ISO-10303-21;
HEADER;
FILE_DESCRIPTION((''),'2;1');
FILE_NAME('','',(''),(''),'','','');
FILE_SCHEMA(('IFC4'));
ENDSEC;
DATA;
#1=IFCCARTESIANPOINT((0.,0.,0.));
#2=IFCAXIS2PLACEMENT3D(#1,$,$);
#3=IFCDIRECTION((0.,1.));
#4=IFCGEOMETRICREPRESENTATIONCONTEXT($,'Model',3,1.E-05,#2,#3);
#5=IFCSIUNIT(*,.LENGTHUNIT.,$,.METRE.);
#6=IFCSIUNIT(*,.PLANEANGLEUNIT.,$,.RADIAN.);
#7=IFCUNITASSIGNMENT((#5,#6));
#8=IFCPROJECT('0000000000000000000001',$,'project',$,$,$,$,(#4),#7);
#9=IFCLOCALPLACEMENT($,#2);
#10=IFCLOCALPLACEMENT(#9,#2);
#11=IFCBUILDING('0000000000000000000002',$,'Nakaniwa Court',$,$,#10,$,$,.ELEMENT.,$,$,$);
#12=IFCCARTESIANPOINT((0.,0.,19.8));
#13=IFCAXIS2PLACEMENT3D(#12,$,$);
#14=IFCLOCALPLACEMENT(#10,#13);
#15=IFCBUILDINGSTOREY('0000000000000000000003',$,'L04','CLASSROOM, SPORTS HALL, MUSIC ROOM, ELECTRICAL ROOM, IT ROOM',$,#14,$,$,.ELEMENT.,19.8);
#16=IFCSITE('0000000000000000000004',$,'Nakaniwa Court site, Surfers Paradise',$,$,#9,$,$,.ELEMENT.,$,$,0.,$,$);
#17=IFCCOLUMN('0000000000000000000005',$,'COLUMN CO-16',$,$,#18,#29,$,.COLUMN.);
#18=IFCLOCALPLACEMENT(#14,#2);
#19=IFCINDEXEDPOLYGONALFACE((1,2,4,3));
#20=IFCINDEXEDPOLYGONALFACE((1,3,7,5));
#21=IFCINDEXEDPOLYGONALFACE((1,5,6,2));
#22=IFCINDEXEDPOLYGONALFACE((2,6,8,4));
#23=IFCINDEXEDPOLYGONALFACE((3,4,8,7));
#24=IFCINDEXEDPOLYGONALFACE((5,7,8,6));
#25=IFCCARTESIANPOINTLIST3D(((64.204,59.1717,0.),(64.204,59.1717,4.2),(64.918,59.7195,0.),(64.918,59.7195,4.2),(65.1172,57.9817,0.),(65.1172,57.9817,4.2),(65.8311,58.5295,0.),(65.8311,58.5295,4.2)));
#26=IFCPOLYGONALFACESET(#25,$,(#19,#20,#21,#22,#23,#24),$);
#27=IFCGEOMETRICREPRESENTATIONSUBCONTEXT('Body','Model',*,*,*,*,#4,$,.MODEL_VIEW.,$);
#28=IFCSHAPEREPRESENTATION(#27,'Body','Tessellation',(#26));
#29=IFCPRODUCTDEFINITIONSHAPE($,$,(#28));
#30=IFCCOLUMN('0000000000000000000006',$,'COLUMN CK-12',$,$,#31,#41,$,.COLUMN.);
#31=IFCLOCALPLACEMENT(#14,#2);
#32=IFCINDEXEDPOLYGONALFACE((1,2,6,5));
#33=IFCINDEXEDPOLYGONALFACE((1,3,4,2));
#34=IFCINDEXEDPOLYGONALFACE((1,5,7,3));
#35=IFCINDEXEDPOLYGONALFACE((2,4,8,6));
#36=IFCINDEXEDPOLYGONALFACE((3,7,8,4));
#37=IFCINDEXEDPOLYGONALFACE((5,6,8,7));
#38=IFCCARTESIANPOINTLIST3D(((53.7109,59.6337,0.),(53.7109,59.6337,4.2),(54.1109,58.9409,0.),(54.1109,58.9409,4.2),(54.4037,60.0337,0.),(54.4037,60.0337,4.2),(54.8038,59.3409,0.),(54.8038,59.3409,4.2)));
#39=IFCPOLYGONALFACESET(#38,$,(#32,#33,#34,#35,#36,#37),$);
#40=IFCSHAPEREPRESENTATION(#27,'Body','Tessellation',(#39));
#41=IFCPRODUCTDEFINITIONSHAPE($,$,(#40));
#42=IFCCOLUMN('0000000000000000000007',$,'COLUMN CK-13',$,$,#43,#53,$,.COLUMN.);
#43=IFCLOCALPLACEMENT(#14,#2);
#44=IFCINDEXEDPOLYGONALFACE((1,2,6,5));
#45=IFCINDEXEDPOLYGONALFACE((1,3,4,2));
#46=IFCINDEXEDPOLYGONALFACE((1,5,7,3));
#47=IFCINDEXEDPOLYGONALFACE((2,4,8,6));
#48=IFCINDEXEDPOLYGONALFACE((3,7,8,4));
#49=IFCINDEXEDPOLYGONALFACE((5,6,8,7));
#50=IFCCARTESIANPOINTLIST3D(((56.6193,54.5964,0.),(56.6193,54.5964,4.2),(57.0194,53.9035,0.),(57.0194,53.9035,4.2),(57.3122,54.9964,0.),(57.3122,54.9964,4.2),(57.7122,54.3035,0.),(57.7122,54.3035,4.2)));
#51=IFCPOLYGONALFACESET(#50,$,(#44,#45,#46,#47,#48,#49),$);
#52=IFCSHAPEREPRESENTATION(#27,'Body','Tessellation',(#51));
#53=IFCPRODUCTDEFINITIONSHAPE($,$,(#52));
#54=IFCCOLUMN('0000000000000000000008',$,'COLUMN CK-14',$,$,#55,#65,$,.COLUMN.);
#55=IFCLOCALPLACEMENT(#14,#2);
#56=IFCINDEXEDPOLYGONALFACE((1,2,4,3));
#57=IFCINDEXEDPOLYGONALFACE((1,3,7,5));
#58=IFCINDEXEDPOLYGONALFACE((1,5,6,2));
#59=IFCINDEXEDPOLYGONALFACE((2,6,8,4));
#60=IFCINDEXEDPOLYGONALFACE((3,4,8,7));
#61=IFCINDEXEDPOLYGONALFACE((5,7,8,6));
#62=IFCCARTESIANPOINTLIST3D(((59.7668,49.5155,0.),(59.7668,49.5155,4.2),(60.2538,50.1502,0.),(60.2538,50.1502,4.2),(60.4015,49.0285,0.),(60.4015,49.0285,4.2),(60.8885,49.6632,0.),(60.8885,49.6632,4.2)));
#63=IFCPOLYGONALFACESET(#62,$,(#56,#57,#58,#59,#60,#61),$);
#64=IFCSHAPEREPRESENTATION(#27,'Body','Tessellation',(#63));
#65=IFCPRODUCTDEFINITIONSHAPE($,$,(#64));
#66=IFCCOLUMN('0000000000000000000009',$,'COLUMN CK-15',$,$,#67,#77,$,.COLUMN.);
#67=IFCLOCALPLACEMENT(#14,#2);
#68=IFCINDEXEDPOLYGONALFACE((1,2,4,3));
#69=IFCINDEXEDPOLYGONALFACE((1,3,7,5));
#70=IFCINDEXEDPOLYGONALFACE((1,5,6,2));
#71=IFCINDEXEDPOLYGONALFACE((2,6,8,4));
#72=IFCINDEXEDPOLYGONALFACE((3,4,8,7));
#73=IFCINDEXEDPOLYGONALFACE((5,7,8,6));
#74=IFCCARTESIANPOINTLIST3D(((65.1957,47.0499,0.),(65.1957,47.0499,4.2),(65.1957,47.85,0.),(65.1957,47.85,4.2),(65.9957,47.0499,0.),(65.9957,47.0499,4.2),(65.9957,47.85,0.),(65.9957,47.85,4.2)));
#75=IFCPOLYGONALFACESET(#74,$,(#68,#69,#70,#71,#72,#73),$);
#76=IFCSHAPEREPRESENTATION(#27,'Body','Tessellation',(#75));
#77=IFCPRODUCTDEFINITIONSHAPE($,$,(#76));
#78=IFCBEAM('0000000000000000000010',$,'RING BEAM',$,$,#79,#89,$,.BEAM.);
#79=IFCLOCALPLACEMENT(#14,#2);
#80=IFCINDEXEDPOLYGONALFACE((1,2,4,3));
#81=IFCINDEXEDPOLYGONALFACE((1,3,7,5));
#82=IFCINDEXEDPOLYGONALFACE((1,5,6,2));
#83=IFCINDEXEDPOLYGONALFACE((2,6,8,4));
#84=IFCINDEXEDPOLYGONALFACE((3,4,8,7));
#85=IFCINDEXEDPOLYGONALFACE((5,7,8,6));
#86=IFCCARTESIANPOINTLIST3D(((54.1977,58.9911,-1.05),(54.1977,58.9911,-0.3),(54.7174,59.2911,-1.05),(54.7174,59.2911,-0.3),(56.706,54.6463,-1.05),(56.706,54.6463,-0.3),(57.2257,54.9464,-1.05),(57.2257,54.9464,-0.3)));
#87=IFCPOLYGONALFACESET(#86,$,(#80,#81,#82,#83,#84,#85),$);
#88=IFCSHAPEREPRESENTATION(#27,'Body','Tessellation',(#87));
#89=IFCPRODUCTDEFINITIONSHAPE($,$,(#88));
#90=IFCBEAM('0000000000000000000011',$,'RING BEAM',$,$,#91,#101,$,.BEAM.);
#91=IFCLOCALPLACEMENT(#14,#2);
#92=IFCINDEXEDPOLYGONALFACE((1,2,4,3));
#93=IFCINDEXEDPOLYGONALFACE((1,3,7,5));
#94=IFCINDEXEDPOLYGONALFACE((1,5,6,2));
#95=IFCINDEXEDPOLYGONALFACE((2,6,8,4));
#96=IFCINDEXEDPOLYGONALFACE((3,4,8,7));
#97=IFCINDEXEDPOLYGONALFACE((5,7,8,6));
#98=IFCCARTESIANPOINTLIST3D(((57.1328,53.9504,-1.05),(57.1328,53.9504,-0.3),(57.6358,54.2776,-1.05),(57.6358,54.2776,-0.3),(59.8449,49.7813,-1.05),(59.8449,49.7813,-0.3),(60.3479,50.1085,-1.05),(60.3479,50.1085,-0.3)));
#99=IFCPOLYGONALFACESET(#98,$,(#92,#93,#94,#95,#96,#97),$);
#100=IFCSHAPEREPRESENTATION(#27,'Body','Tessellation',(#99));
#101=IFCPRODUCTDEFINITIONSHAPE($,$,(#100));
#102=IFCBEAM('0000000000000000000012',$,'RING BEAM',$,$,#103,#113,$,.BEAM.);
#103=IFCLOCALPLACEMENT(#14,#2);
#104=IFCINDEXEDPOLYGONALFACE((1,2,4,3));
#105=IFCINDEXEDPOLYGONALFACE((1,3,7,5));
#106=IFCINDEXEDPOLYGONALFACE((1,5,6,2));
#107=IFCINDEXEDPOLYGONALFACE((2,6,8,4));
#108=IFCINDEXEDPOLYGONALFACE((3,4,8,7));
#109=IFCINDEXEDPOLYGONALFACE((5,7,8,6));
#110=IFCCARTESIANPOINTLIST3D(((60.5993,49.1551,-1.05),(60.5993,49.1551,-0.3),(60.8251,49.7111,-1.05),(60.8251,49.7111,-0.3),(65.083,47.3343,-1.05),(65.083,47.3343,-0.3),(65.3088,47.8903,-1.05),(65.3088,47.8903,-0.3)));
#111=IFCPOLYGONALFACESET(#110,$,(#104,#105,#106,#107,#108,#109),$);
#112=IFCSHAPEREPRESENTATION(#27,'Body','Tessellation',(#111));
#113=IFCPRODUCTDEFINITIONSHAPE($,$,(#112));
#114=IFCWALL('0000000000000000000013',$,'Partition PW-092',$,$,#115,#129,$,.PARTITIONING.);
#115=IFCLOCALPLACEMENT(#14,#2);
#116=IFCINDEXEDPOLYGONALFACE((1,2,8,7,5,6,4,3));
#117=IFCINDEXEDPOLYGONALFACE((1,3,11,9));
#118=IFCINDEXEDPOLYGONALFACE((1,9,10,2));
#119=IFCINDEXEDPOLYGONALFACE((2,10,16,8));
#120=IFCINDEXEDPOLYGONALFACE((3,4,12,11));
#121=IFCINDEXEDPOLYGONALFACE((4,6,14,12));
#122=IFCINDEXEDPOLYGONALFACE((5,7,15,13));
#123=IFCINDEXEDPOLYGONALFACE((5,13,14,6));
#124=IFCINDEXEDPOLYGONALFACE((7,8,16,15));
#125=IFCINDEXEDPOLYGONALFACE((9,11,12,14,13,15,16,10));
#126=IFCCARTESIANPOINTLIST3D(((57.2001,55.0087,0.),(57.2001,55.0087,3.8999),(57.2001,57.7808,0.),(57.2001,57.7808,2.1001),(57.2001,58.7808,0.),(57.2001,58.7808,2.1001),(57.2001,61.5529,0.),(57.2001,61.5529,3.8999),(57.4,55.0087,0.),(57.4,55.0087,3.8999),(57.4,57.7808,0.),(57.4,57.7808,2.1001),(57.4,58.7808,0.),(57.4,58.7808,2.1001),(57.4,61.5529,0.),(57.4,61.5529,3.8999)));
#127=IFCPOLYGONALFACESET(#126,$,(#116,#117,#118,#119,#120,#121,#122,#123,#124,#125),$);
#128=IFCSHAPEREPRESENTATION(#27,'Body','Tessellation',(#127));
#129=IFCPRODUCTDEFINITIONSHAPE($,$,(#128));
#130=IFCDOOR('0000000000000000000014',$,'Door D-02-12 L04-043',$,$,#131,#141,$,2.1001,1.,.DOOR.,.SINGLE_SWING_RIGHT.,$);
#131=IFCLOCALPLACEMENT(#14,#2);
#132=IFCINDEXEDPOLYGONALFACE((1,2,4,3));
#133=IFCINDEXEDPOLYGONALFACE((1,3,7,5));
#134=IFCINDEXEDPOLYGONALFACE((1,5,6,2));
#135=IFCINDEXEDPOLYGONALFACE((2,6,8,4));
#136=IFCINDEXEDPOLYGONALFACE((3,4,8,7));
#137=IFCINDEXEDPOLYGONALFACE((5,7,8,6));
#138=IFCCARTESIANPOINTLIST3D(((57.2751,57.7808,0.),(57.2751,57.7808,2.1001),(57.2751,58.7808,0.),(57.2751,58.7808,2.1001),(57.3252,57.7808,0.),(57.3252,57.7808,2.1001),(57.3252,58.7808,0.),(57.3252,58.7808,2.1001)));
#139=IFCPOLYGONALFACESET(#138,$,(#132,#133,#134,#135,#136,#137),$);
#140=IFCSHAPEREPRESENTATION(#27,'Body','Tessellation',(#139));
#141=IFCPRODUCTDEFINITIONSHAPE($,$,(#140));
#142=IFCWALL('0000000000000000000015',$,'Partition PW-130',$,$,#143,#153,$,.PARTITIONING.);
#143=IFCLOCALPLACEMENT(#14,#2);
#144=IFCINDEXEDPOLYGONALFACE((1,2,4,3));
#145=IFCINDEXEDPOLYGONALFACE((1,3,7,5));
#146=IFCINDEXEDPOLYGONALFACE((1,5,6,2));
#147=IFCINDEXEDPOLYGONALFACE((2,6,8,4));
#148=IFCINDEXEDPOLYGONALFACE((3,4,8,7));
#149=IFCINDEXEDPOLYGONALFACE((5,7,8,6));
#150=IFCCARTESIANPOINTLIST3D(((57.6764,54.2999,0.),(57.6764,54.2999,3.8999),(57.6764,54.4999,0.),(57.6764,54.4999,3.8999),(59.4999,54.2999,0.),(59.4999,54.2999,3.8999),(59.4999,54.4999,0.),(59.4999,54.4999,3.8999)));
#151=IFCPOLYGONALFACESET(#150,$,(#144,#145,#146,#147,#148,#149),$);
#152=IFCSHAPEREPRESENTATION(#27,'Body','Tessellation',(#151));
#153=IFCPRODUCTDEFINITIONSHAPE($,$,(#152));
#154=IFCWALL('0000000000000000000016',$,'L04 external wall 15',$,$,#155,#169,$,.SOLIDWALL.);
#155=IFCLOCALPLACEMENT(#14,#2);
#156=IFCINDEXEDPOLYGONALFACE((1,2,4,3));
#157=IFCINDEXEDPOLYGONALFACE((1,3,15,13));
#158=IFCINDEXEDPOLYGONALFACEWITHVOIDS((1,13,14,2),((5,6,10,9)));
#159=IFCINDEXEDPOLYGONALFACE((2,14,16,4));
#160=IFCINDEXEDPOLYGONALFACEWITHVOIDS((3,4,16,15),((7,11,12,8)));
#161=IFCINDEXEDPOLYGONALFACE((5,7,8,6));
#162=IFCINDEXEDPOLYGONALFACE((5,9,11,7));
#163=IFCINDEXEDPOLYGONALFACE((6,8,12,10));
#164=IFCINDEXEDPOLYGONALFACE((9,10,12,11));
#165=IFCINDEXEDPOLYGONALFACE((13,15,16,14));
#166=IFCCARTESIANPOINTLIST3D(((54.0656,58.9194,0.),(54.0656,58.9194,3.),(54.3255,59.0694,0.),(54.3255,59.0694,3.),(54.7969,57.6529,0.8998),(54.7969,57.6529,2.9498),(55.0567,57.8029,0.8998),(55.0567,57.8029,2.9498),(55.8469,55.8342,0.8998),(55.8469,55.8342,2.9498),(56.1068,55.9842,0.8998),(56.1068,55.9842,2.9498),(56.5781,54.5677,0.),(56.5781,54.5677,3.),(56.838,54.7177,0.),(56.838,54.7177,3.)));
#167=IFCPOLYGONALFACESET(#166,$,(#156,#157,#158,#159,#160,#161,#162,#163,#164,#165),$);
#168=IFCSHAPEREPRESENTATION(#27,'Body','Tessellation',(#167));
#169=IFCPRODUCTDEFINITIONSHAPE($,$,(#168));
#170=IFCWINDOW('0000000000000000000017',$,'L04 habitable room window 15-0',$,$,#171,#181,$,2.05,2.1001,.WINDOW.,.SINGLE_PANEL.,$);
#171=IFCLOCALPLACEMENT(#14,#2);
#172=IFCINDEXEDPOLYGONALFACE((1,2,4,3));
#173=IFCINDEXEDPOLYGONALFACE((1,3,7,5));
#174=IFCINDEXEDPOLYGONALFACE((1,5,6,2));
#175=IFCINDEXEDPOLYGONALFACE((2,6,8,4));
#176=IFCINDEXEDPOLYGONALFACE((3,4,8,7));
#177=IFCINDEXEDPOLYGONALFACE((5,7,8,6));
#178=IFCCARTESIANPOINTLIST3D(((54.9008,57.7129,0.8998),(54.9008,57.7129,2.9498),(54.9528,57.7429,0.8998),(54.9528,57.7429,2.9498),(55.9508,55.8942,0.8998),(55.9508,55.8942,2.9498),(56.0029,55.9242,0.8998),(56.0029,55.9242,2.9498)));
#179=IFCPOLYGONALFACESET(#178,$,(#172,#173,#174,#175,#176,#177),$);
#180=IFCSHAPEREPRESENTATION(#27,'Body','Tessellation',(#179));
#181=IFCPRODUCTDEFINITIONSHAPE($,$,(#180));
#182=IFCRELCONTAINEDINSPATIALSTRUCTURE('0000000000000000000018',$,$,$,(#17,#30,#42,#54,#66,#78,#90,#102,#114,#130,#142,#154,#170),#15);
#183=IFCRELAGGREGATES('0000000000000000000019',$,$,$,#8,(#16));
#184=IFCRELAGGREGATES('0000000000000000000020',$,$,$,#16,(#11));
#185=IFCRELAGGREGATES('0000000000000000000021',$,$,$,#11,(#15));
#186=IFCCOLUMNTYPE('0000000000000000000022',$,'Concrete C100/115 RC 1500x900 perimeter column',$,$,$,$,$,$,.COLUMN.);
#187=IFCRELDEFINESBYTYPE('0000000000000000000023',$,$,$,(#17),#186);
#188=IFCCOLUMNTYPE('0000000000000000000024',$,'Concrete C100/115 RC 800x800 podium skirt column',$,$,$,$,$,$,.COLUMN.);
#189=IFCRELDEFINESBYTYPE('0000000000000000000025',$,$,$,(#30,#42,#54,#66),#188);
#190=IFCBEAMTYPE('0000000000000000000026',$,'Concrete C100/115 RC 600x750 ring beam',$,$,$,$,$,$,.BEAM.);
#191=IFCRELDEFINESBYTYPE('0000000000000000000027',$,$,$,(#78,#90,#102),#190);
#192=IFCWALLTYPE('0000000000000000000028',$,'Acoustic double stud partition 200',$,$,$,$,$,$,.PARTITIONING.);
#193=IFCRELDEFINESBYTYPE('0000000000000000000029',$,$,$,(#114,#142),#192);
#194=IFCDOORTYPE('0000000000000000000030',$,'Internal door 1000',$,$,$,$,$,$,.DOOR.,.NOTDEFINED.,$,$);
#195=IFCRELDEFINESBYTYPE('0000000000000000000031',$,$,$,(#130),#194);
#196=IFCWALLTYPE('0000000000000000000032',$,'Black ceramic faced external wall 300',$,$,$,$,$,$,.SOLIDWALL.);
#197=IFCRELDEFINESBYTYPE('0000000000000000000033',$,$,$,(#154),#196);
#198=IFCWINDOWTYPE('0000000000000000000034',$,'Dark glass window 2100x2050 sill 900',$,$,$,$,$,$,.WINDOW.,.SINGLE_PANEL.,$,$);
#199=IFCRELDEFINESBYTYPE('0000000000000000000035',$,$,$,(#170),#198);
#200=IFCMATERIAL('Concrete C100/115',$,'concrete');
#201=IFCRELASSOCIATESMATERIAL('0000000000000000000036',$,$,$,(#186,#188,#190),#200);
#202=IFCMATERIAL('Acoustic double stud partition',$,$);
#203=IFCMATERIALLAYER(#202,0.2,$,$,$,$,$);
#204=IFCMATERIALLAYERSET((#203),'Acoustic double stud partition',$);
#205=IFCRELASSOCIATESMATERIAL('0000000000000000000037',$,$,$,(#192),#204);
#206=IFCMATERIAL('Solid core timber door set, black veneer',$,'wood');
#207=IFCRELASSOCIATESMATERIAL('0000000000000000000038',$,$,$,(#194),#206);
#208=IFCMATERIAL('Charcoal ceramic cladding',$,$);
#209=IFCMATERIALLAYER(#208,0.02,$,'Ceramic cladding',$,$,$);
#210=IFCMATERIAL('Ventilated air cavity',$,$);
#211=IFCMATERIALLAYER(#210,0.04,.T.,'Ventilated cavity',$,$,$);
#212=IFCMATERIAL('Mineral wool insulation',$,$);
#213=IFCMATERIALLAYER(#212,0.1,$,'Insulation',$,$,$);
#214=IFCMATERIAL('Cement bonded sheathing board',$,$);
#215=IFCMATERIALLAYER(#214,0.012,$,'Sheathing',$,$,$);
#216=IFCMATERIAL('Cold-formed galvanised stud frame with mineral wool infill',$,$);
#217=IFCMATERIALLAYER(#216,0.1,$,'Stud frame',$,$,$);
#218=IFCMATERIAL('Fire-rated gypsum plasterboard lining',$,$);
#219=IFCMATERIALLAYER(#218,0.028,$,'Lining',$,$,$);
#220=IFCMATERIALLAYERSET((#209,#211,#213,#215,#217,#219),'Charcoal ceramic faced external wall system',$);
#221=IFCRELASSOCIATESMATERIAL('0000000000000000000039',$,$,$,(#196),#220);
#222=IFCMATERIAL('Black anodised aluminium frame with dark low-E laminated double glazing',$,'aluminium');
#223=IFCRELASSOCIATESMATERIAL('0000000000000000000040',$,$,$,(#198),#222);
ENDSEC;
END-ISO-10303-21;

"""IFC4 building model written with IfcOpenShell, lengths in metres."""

from ifc_helpers import new_model, si_unit, direction, frame, frame_2d, origin, origin_2d, place, context, subcontext, project, spatial, rectangle, extrude, material, layer, layer_set, material_profile, profile_set, type_object, element, fill, save


model = new_model("IFC4")

# Units and contexts
model_context = context("Model", 3, precision=1e-05, world=origin(), true_north=direction((0.0, 1.0)))
body_context = subcontext(model_context, "Body", "Model", "MODEL_VIEW")
ifc_project = project(units=[si_unit("LENGTHUNIT", "METRE"), si_unit("PLANEANGLEUNIT", "RADIAN")], contexts=[model_context])

# Site, building, storey
site_placement = place(None, origin())
site = spatial("IfcSite", under=ifc_project, at=site_placement, Name="Nakaniwa Court site, Surfers Paradise", CompositionType="ELEMENT", RefElevation=0.0)
building_placement = place(site_placement, origin())
building = spatial("IfcBuilding", under=site, at=building_placement, Name="Nakaniwa Court", CompositionType="ELEMENT")
storey_placement = place(building_placement, frame((0.0, 0.0, 19.8)))
storey = spatial("IfcBuildingStorey", under=building, at=storey_placement, Name="L04", Description="CLASSROOM, SPORTS HALL, MUSIC ROOM, ELECTRICAL ROOM, IT ROOM", CompositionType="ELEMENT", Elevation=19.8)

# Columns
ifc_material_1 = material(Name="Concrete C100/115", Category="concrete")
ifc_material_profile_1 = material_profile(ifc_material_1, rectangle(XDim=1.5, YDim=0.8999, at=origin_2d()), Name="Concrete C100/115 RC 1500x900 perimeter column")
ifc_profile_set_1 = profile_set([ifc_material_profile_1], Name="Concrete C100/115")
column_type_1 = type_object("IfcColumnType", Name="Concrete C100/115 RC 1500x900 perimeter column", PredefinedType="COLUMN", material=ifc_profile_set_1)
column_placement = place(storey_placement, frame((65.0176, 58.8506, 0.0), z_axis=(0.0, 0.0, 1.0), x_axis=(0.608761, -0.793353, 0.0)))
element("IfcColumn", 1, at=column_placement, inside=storey, type_object=column_type_1, Name="COLUMN CO-16", PredefinedType="COLUMN", context=body_context, shape_type="SweptSolid", body=[
    extrude(rectangle(XDim=1.5, YDim=0.8999, at=origin_2d()), origin(), (0.0, 0.0, 1.0), 4.2),
])
ifc_material_profile_2 = material_profile(ifc_material_1, rectangle(XDim=0.8, YDim=0.8, at=origin_2d()), Name="Concrete C100/115 RC 800x800 podium skirt column")
ifc_profile_set_2 = profile_set([ifc_material_profile_2], Name="Concrete C100/115")
column_type_2 = type_object("IfcColumnType", Name="Concrete C100/115 RC 800x800 podium skirt column", PredefinedType="COLUMN", material=ifc_profile_set_2)
for number, where, z_axis, x_axis, name in (
    (2, (54.2573, 59.4873, 0.0), (0.0, 0.0, 1.0), (0.5, -0.866025, 0.0), "COLUMN CK-12"),
    (3, (57.1658, 54.45, 0.0), (0.0, 0.0, 1.0), (0.5, -0.866025, 0.0), "COLUMN CK-13"),
    (4, (60.3276, 49.5894, 0.0), (0.0, 0.0, 1.0), (0.793353, -0.608761, 0.0), "COLUMN CK-14"),
    (5, (65.5957, 47.45, 0.0), (0.0, 0.0, 1.0), (1.0, 0.0, 0.0), "COLUMN CK-15"),
):
    element("IfcColumn", number, at=place(storey_placement, frame(where, z_axis=z_axis, x_axis=x_axis)), inside=storey, type_object=column_type_2, Name=name, PredefinedType="COLUMN", context=body_context, shape_type="SweptSolid", body=[
        extrude(rectangle(XDim=0.8, YDim=0.8, at=origin_2d()), origin(), (0.0, 0.0, 1.0), 4.2),
    ])

# Beams
ifc_material_profile_3 = material_profile(ifc_material_1, rectangle(XDim=0.6001, YDim=0.75, at=origin_2d()), Name="Concrete C100/115 RC 600x750 ring beam")
ifc_profile_set_3 = profile_set([ifc_material_profile_3], Name="Concrete C100/115")
beam_type = type_object("IfcBeamType", Name="Concrete C100/115 RC 600x750 ring beam", PredefinedType="BEAM", material=ifc_profile_set_3)
beam_1_placement = place(storey_placement, frame((54.4575, 59.1411, -0.675), z_axis=(0.499981, -0.866036, 0.0), x_axis=(0.866036, 0.499981, 0.0)))
element("IfcBeam", 6, at=beam_1_placement, inside=storey, type_object=beam_type, Name="RING BEAM", PredefinedType="BEAM", context=body_context, shape_type="SweptSolid", body=[
    extrude(rectangle(XDim=0.6001, YDim=0.75, at=origin_2d()), origin(), (0.0, 0.0, 1.0), 5.0168),
])
beam_2_placement = place(storey_placement, frame((57.3843, 54.114, -0.675), z_axis=(0.545297, -0.838243, 0.0), x_axis=(0.838243, 0.545297, 0.0)))
element("IfcBeam", 7, at=beam_2_placement, inside=storey, type_object=beam_type, Name="RING BEAM", PredefinedType="BEAM", context=body_context, shape_type="SweptSolid", body=[
    extrude(rectangle(XDim=0.6001, YDim=0.75, at=origin_2d()), origin(), (0.0, 0.0, 1.0), 4.9736),
])
beam_3_placement = place(storey_placement, frame((60.7122, 49.4331, -0.675), z_axis=(0.926515, -0.376257, 0.0), x_axis=(0.376257, 0.926515, 0.0)))
element("IfcBeam", 8, at=beam_3_placement, inside=storey, type_object=beam_type, Name="RING BEAM", PredefinedType="BEAM", context=body_context, shape_type="SweptSolid", body=[
    extrude(rectangle(XDim=0.6001, YDim=0.75, at=origin_2d()), origin(), (0.0, 0.0, 1.0), 4.8394),
])

# Wall, opening, door
ifc_material_2 = material(Name="Acoustic double stud partition")
ifc_layer_1 = layer(ifc_material_2, 0.2)
ifc_layer_set_1 = layer_set([ifc_layer_1], Name="Acoustic double stud partition")
wall_type_1 = type_object("IfcWallType", Name="Acoustic double stud partition 200", PredefinedType="PARTITIONING", material=ifc_layer_set_1)
wall_1_placement = place(storey_placement, frame((57.3, 55.0088, 0.0), z_axis=(0.0, 0.0, 1.0), x_axis=(0.0, 1.0, 0.0)))
wall_1 = element("IfcWall", 9, at=wall_1_placement, inside=storey, type_object=wall_type_1, Name="Partition PW-092", PredefinedType="PARTITIONING", context=body_context, shape_type="SweptSolid", body=[
    extrude(rectangle(XDim=6.5442, YDim=0.2, at=frame_2d((3.272, 0.0))), origin(), (0.0, 0.0, 1.0), 3.8999),
])
opening_1_placement = place(wall_1_placement, frame((2.772, 0.0, 0.0)))
opening_1 = element("IfcOpeningElement", 10, at=opening_1_placement, cuts=wall_1, PredefinedType="OPENING", context=body_context, shape_type="SweptSolid", body=[
    extrude(rectangle(XDim=1.0, YDim=2.1001, at=frame_2d((0.5, 1.05))), frame((0.0, 0.1099, 0.0), z_axis=(0.0, -1.0, 0.0), x_axis=(1.0, 0.0, 0.0)), (0.0, 0.0, 1.0), 0.22),
])
ifc_material_3 = material(Name="Solid core timber door set, black veneer", Category="wood")
door_type = type_object("IfcDoorType", Name="Internal door 1000", OperationType="NOTDEFINED", PredefinedType="DOOR", material=ifc_material_3)
door_placement = place(opening_1_placement, origin())
door = element("IfcDoor", 11, at=door_placement, inside=storey, type_object=door_type, Name="Door D-02-12 L04-043", OperationType="SINGLE_SWING_RIGHT", OverallHeight=2.1001, OverallWidth=1.0, PredefinedType="DOOR", context=body_context, shape_type="SweptSolid", body=[
    extrude(rectangle(XDim=1.0, YDim=2.1001, at=frame_2d((0.5, 1.05))), frame((0.0, 0.0249, 0.0), z_axis=(0.0, -1.0, 0.0), x_axis=(1.0, 0.0, 0.0)), (0.0, 0.0, 1.0), 0.05),
])
fill(opening_1, door)

# Wall
wall_2_placement = place(storey_placement, frame((57.6765, 54.3999, 0.0), z_axis=(0.0, 0.0, 1.0), x_axis=(1.0, 0.0, 0.0)))
element("IfcWall", 12, at=wall_2_placement, inside=storey, type_object=wall_type_1, Name="Partition PW-130", PredefinedType="PARTITIONING", context=body_context, shape_type="SweptSolid", body=[
    extrude(rectangle(XDim=1.8235, YDim=0.2, at=frame_2d((0.9116, 0.0))), origin(), (0.0, 0.0, 1.0), 3.8999),
])

# Wall, opening, window
ifc_material_4 = material(Name="Charcoal ceramic cladding")
ifc_layer_2 = layer(ifc_material_4, 0.02, Name="Ceramic cladding")
ifc_material_5 = material(Name="Ventilated air cavity")
ifc_layer_3 = layer(ifc_material_5, 0.04, ventilated=True, Name="Ventilated cavity")
ifc_material_6 = material(Name="Mineral wool insulation")
ifc_layer_4 = layer(ifc_material_6, 0.1, Name="Insulation")
ifc_material_7 = material(Name="Cement bonded sheathing board")
ifc_layer_5 = layer(ifc_material_7, 0.012, Name="Sheathing")
ifc_material_8 = material(Name="Cold-formed galvanised stud frame with mineral wool infill")
ifc_layer_6 = layer(ifc_material_8, 0.1, Name="Stud frame")
ifc_material_9 = material(Name="Fire-rated gypsum plasterboard lining")
ifc_layer_7 = layer(ifc_material_9, 0.028, Name="Lining")
ifc_layer_set_2 = layer_set([ifc_layer_2, ifc_layer_3, ifc_layer_4, ifc_layer_5, ifc_layer_6, ifc_layer_7], Name="Charcoal ceramic faced external wall system")
wall_type_2 = type_object("IfcWallType", Name="Black ceramic faced external wall 300", PredefinedType="SOLIDWALL", material=ifc_layer_set_2)
wall_3_placement = place(storey_placement, frame((54.1956, 58.9944, 0.0), z_axis=(0.0, 0.0, 1.0), x_axis=(0.500011, -0.866019, 0.0)))
wall_3 = element("IfcWall", 13, at=wall_3_placement, inside=storey, type_object=wall_type_2, Name="L04 external wall 15", PredefinedType="SOLIDWALL", context=body_context, shape_type="SweptSolid", body=[
    extrude(rectangle(XDim=5.0249, YDim=0.3, at=frame_2d((2.5125, 0.0))), origin(), (0.0, 0.0, 1.0), 3.0),
])
opening_2_placement = place(wall_3_placement, frame((1.4624, 0.0, 0.8999)))
opening_2 = element("IfcOpeningElement", 14, at=opening_2_placement, cuts=wall_3, PredefinedType="OPENING", context=body_context, shape_type="SweptSolid", body=[
    extrude(rectangle(XDim=2.1001, YDim=2.05, at=frame_2d((1.05, 1.0249))), frame((0.0, 0.1599, 0.0), z_axis=(0.0, -1.0, 0.0), x_axis=(1.0, 0.0, 0.0)), (0.0, 0.0, 1.0), 0.3201),
])
ifc_material_10 = material(Name="Black anodised aluminium frame with dark low-E laminated double glazing", Category="aluminium")
window_type = type_object("IfcWindowType", Name="Dark glass window 2100x2050 sill 900", PartitioningType="SINGLE_PANEL", PredefinedType="WINDOW", material=ifc_material_10)
window_1_placement = place(opening_2_placement, origin())
window_1 = element("IfcWindow", 15, at=window_1_placement, inside=storey, type_object=window_type, Name="L04 habitable room window 15-0", OverallHeight=2.05, OverallWidth=2.1001, PartitioningType="SINGLE_PANEL", PredefinedType="WINDOW", context=body_context, shape_type="SweptSolid", body=[
    extrude(rectangle(XDim=2.1001, YDim=2.05, at=frame_2d((1.05, 1.0249))), frame((0.0, 0.03, 0.0), z_axis=(0.0, -1.0, 0.0), x_axis=(1.0, 0.0, 0.0)), (0.0, 0.0, 1.0), 0.0601),
])
fill(opening_2, window_1)

save(model, "model.ifc")
